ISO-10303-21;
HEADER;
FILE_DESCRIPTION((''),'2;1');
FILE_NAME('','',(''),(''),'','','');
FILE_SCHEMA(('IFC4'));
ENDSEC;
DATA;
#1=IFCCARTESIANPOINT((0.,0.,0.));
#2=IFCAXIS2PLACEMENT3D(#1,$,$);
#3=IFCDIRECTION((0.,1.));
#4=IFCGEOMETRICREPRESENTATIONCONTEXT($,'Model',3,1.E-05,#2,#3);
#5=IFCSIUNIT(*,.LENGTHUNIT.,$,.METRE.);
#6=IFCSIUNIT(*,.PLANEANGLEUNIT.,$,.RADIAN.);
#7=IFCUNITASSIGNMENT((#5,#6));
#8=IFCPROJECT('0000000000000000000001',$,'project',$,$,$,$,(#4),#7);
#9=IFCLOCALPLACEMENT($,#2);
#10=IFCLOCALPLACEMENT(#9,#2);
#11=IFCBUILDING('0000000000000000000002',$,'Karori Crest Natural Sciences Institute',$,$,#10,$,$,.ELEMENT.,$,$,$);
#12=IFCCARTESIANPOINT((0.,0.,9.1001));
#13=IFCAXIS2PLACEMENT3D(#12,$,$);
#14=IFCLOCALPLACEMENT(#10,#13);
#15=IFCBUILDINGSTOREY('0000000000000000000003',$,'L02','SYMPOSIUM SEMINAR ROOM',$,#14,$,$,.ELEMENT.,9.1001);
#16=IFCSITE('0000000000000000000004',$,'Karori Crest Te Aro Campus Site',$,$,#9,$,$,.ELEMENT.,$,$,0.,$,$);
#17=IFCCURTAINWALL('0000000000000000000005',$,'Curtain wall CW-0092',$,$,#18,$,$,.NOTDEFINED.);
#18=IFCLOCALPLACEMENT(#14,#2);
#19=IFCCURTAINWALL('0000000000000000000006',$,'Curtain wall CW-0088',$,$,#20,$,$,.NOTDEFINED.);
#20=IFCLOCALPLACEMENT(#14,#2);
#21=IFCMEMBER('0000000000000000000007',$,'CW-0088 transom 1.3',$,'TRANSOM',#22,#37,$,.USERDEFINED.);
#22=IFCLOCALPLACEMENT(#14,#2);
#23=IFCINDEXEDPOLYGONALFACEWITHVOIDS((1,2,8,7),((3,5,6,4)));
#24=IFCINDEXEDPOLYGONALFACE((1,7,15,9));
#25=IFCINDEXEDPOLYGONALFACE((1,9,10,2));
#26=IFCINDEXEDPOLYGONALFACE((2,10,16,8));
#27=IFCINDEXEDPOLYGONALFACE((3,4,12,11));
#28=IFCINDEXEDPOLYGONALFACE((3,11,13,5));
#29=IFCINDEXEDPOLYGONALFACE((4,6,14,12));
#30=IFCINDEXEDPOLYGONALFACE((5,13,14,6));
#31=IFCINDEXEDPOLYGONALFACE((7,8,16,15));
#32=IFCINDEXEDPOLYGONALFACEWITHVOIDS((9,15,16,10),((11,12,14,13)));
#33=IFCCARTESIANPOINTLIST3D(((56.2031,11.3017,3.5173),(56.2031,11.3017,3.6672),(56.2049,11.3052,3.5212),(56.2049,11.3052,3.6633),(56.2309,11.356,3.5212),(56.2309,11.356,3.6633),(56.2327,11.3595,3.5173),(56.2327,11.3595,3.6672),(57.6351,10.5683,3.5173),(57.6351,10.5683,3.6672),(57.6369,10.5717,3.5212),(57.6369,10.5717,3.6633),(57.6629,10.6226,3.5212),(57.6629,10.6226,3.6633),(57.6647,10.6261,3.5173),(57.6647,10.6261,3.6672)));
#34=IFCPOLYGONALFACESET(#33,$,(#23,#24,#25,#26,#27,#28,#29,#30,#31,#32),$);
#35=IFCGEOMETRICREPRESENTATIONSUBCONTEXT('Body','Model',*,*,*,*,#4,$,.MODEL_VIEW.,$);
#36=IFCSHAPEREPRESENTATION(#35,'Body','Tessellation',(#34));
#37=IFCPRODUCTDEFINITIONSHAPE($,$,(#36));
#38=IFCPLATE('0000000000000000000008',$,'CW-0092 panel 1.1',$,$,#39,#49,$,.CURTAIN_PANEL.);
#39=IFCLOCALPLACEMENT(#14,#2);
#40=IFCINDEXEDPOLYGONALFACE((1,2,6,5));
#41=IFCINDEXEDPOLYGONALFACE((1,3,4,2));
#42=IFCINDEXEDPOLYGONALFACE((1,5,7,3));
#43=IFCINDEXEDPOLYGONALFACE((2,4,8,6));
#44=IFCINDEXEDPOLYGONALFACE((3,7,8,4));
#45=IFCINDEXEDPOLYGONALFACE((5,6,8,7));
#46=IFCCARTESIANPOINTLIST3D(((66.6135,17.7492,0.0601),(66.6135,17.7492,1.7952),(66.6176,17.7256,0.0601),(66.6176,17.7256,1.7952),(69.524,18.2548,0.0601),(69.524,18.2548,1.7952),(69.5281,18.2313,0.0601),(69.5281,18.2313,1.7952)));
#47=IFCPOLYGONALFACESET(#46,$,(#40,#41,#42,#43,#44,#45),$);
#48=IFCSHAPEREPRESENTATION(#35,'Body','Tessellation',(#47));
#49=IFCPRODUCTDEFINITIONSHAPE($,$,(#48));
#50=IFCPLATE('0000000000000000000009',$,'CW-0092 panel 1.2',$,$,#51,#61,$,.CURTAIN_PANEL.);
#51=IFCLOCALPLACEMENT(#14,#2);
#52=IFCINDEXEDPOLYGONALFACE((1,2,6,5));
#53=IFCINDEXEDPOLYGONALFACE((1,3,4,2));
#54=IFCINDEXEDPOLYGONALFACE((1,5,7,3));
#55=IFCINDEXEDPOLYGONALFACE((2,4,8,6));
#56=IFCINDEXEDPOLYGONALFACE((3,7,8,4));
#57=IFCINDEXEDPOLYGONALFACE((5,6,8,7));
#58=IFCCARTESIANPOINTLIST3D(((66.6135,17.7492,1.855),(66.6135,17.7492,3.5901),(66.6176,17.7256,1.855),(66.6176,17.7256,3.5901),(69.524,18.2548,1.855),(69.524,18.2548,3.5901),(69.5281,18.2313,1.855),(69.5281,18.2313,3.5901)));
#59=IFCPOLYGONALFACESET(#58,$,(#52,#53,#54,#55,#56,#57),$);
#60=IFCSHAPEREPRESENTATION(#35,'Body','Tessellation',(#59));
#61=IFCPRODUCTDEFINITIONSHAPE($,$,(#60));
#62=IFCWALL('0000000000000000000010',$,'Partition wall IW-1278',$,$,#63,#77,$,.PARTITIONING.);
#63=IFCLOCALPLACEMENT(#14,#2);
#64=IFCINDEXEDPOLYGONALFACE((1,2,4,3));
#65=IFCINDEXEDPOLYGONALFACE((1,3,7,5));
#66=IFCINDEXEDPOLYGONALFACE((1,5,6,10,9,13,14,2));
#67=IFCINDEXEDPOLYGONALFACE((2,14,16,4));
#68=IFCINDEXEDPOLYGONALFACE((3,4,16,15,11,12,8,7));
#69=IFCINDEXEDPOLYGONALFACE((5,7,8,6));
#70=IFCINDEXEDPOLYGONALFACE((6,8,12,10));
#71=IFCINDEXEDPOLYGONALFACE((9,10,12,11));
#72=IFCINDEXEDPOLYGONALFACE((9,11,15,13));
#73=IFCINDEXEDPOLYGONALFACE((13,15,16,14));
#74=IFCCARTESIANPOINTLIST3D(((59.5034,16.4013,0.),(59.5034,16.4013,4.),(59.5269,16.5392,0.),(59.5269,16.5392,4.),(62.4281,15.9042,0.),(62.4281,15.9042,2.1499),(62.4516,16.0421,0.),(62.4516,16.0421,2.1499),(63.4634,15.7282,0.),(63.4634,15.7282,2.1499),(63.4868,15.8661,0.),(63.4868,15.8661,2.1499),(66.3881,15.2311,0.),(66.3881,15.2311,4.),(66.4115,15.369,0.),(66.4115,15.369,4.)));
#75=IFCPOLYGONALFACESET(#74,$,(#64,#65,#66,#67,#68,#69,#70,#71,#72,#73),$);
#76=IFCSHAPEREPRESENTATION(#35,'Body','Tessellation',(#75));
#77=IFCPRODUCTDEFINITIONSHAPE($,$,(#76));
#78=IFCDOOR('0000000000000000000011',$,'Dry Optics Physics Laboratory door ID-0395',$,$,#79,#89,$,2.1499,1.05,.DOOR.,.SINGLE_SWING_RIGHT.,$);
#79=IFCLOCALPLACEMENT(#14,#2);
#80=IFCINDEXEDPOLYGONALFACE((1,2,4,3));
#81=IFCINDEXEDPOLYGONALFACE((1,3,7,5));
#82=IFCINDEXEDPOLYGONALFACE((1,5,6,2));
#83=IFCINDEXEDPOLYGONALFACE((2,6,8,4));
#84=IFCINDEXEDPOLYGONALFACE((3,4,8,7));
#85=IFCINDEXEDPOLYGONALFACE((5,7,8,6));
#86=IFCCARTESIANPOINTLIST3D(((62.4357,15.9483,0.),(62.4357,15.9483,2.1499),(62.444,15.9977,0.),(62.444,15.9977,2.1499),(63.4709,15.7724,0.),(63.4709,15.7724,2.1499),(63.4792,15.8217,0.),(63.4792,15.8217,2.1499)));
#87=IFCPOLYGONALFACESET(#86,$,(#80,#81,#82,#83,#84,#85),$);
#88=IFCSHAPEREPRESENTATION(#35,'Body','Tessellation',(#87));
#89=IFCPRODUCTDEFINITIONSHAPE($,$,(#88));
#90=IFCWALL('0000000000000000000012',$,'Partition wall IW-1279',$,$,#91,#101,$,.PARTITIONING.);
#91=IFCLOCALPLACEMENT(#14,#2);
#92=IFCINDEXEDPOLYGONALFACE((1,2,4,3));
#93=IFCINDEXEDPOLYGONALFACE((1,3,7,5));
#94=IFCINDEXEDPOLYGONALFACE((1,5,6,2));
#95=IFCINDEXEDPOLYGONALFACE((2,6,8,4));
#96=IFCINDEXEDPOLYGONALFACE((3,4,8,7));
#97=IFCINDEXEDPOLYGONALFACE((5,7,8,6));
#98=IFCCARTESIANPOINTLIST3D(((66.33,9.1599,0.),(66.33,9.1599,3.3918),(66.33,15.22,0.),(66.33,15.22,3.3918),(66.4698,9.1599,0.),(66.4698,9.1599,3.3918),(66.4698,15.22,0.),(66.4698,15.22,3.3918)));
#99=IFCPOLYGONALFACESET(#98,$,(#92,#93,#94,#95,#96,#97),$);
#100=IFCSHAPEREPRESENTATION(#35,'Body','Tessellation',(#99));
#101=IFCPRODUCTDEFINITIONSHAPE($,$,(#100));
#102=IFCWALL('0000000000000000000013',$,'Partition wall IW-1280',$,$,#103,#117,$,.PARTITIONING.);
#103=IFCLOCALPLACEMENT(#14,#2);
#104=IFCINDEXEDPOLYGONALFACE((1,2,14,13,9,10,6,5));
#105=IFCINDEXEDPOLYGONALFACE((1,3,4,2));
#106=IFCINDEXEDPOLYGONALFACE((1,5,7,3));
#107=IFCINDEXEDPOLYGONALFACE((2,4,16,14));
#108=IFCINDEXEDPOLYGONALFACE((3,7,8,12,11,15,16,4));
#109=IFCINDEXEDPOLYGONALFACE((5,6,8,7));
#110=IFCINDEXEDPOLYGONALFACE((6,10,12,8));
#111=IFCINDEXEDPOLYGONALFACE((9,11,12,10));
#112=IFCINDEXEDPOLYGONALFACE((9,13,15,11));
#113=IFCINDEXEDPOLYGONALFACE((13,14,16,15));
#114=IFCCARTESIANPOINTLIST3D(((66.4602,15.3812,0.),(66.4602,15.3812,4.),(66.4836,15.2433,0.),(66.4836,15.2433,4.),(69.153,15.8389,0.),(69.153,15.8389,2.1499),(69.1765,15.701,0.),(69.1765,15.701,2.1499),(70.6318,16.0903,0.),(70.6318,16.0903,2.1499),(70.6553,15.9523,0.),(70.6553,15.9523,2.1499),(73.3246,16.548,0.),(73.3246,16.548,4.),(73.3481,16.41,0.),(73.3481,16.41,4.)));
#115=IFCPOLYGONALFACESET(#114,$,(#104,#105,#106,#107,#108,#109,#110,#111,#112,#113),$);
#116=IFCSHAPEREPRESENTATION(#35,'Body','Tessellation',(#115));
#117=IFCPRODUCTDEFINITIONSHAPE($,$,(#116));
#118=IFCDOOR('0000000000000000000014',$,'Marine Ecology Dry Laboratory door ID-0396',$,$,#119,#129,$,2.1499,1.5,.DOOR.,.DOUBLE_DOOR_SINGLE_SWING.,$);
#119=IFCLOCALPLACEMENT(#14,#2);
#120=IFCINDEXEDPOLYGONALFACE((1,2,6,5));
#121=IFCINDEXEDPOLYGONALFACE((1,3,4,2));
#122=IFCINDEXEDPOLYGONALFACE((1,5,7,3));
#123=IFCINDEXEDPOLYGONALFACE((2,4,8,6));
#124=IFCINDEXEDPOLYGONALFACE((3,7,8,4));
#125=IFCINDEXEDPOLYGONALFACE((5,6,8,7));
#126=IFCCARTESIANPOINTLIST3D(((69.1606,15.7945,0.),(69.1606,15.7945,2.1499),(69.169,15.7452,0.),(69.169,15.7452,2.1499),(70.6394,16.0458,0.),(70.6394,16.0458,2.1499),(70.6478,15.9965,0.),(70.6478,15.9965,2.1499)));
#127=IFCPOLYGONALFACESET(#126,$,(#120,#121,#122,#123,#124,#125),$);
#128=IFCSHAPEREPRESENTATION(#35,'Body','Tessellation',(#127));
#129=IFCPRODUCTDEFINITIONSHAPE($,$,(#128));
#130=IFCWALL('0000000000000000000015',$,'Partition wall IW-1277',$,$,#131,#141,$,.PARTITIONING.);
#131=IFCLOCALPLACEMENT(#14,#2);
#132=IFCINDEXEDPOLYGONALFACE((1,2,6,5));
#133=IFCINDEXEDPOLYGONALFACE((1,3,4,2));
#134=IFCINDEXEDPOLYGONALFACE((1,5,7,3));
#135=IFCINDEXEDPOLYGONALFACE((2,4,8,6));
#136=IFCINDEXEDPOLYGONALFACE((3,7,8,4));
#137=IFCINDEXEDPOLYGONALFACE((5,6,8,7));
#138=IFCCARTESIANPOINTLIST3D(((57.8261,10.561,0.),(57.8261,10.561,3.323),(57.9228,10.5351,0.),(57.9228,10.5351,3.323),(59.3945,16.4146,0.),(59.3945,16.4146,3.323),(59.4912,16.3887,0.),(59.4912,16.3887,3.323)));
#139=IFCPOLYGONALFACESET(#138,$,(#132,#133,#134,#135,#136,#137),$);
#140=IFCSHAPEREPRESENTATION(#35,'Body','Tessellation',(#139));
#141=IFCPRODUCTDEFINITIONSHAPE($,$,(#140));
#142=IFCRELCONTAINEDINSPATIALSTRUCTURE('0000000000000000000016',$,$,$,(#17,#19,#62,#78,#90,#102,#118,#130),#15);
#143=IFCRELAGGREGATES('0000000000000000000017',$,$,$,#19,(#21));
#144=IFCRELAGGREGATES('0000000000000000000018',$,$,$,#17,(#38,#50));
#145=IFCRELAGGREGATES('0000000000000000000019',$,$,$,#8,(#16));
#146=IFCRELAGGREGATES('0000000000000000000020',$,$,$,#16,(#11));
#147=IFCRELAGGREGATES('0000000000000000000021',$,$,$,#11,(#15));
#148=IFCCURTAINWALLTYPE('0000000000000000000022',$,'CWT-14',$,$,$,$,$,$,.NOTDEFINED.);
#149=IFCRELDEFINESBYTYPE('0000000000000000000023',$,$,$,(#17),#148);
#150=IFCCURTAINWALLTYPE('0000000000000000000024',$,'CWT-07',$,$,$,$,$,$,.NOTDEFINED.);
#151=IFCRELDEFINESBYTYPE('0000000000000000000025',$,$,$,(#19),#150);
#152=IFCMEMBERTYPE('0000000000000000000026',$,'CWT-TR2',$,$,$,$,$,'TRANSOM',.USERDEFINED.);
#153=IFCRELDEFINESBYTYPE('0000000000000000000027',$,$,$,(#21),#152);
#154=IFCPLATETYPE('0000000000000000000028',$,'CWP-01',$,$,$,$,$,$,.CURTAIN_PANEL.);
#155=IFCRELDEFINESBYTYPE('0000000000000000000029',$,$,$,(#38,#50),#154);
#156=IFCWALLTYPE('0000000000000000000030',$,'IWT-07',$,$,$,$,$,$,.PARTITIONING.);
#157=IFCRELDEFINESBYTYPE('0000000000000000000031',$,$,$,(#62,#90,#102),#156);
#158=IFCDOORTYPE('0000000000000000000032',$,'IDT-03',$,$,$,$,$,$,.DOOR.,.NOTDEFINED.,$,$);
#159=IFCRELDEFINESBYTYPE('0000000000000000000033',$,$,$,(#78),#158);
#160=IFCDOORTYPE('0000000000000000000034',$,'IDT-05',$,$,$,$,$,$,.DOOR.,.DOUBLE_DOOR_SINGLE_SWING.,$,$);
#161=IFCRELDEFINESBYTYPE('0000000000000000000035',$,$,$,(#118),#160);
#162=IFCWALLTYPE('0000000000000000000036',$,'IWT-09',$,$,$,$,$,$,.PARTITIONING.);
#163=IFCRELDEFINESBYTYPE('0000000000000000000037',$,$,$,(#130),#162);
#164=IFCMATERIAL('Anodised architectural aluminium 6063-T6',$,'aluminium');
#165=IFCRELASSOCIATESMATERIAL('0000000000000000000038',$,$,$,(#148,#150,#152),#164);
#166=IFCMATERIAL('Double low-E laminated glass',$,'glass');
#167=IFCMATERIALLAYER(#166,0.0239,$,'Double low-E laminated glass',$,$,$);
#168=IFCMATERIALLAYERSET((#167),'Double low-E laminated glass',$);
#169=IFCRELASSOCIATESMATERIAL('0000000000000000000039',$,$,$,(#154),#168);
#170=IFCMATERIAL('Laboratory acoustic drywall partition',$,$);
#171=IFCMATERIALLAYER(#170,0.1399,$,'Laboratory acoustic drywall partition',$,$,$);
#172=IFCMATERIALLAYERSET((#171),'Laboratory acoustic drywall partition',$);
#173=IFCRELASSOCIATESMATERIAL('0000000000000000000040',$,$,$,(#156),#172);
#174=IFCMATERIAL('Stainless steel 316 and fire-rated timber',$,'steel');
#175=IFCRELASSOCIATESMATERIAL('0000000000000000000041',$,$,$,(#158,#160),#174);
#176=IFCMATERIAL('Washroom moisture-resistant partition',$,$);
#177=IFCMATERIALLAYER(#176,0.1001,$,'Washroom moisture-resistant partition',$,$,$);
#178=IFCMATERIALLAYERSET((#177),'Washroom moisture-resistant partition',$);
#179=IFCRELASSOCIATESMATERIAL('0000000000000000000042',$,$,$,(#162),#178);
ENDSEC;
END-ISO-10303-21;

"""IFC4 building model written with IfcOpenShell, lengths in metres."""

from ifc_helpers import new_model, si_unit, direction, frame, frame_2d, origin, origin_2d, place, context, subcontext, project, spatial, rectangle, hollow_rectangle, extrude, material, layer, layer_set, material_profile, profile_set, type_object, element, fill, aggregate, save


model = new_model("IFC4")

# Units and contexts
model_context = context("Model", 3, precision=1e-05, world=origin(), true_north=direction((0.0, 1.0)))
body_context = subcontext(model_context, "Body", "Model", "MODEL_VIEW")
ifc_project = project(units=[si_unit("LENGTHUNIT", "METRE"), si_unit("PLANEANGLEUNIT", "RADIAN")], contexts=[model_context])

# Site, building, storey
site_placement = place(None, origin())
site = spatial("IfcSite", under=ifc_project, at=site_placement, Name="Karori Crest Te Aro Campus Site", CompositionType="ELEMENT", RefElevation=0.0)
building_placement = place(site_placement, origin())
building = spatial("IfcBuilding", under=site, at=building_placement, Name="Karori Crest Natural Sciences Institute", CompositionType="ELEMENT")
storey_placement = place(building_placement, frame((0.0, 0.0, 9.1001)))
storey = spatial("IfcBuildingStorey", under=building, at=storey_placement, Name="L02", Description="SYMPOSIUM SEMINAR ROOM", CompositionType="ELEMENT", Elevation=9.1001)

# Curtain wall
ifc_material_1 = material(Name="Anodised architectural aluminium 6063-T6", Category="aluminium")
curtain_wall_type_1 = type_object("IfcCurtainWallType", Name="CWT-14", PredefinedType="NOTDEFINED", material=ifc_material_1)
curtain_wall_1_placement = place(storey_placement, origin())
curtain_wall_1 = element("IfcCurtainWall", 1, at=curtain_wall_1_placement, inside=storey, type_object=curtain_wall_type_1, Name="Curtain wall CW-0092", PredefinedType="NOTDEFINED")

# Curtain wall, member
curtain_wall_type_2 = type_object("IfcCurtainWallType", Name="CWT-07", PredefinedType="NOTDEFINED", material=ifc_material_1)
curtain_wall_2_placement = place(storey_placement, origin())
curtain_wall_2 = element("IfcCurtainWall", 2, at=curtain_wall_2_placement, inside=storey, type_object=curtain_wall_type_2, Name="Curtain wall CW-0088", PredefinedType="NOTDEFINED")
ifc_material_profile_1 = material_profile(ifc_material_1, hollow_rectangle(XDim=0.0649, YDim=0.1499, WallThickness=0.0039, at=origin_2d()), Name="CWT150x65x4")
ifc_profile_set_1 = profile_set([ifc_material_profile_1], Name="Anodised architectural aluminium 6063-T6")
member_type_1 = type_object("IfcMemberType", Name="CWT-TR2", ElementType="TRANSOM", PredefinedType="USERDEFINED", material=ifc_profile_set_1)
member_1_placement = place(storey_placement, frame((57.6499, 10.5972, 3.5923), z_axis=(-0.890045, 0.455873, 0.0), x_axis=(-0.455873, -0.890045, 0.0)))
member_1 = element("IfcMember", 3, at=member_1_placement, type_object=member_type_1, Name="CW-0088 transom 1.3", ObjectType="TRANSOM", PredefinedType="USERDEFINED", context=body_context, shape_type="SweptSolid", body=[
    extrude(hollow_rectangle(XDim=0.0649, YDim=0.1499, WallThickness=0.0039, at=origin_2d()), origin(), (0.0, 0.0, 1.0), 1.6089),
])
aggregate(curtain_wall_2, [member_1])

# Plates
ifc_material_2 = material(Name="Double low-E laminated glass", Category="glass")
ifc_layer_1 = layer(ifc_material_2, 0.0239, Name="Double low-E laminated glass")
ifc_layer_set_1 = layer_set([ifc_layer_1], Name="Double low-E laminated glass")
plate_type = type_object("IfcPlateType", Name="CWP-01", PredefinedType="CURTAIN_PANEL", material=ifc_layer_set_1)
plate_1_placement = place(storey_placement, frame((68.0708, 17.9902, 0.0601), z_axis=(0.0, 0.0, 1.0), x_axis=(0.985241, 0.17117, 0.0)))
plate_1 = element("IfcPlate", 4, at=plate_1_placement, type_object=plate_type, Name="CW-0092 panel 1.1", PredefinedType="CURTAIN_PANEL", context=body_context, shape_type="SweptSolid", body=[
    extrude(rectangle(XDim=2.9541, YDim=0.0239, at=origin_2d()), origin(), (0.0, 0.0, 1.0), 1.7351),
])
plate_2_placement = place(storey_placement, frame((68.0708, 17.9902, 1.855), z_axis=(0.0, 0.0, 1.0), x_axis=(0.985241, 0.17117, 0.0)))
plate_2 = element("IfcPlate", 5, at=plate_2_placement, type_object=plate_type, Name="CW-0092 panel 1.2", PredefinedType="CURTAIN_PANEL", context=body_context, shape_type="SweptSolid", body=[
    extrude(rectangle(XDim=2.9541, YDim=0.0239, at=origin_2d()), origin(), (0.0, 0.0, 1.0), 1.7351),
])
aggregate(curtain_wall_1, [plate_1, plate_2])

# Wall, opening, door
ifc_material_3 = material(Name="Laboratory acoustic drywall partition")
ifc_layer_2 = layer(ifc_material_3, 0.1399, Name="Laboratory acoustic drywall partition")
ifc_layer_set_2 = layer_set([ifc_layer_2], Name="Laboratory acoustic drywall partition")
wall_type_1 = type_object("IfcWallType", Name="IWT-07", PredefinedType="PARTITIONING", material=ifc_layer_set_2)
wall_1_placement = place(storey_placement, frame((59.5151, 16.4702, 0.0), z_axis=(0.0, 0.0, 1.0), x_axis=(0.985862, -0.167562, 0.0)))
wall_1 = element("IfcWall", 6, at=wall_1_placement, inside=storey, type_object=wall_type_1, Name="Partition wall IW-1278", PredefinedType="PARTITIONING", context=body_context, shape_type="SweptSolid", body=[
    extrude(rectangle(XDim=6.9834, YDim=0.1399, at=frame_2d((3.4917, 0.0))), origin(), (0.0, 0.0, 1.0), 4.0),
])
opening_1_placement = place(wall_1_placement, frame((2.9668, 0.0, 0.0)))
opening_1 = element("IfcOpeningElement", 7, at=opening_1_placement, cuts=wall_1, PredefinedType="OPENING", context=body_context, shape_type="SweptSolid", body=[
    extrude(rectangle(XDim=1.05, YDim=2.1499, at=frame_2d((0.5249, 1.075))), frame((0.0, 0.0801, 0.0), z_axis=(0.0, -1.0, 0.0), x_axis=(1.0, 0.0, 0.0)), (0.0, 0.0, 1.0), 0.1599),
])
ifc_material_4 = material(Name="Stainless steel 316 and fire-rated timber", Category="steel")
door_type_1 = type_object("IfcDoorType", Name="IDT-03", OperationType="NOTDEFINED", PredefinedType="DOOR", material=ifc_material_4)
door_1_placement = place(opening_1_placement, origin())
door_1 = element("IfcDoor", 8, at=door_1_placement, inside=storey, type_object=door_type_1, Name="Dry Optics Physics Laboratory door ID-0395", OperationType="SINGLE_SWING_RIGHT", OverallHeight=2.1499, OverallWidth=1.05, PredefinedType="DOOR", context=body_context, shape_type="SweptSolid", body=[
    extrude(rectangle(XDim=1.05, YDim=2.1499, at=frame_2d((0.5249, 1.075))), frame((0.0, 0.0249, 0.0), z_axis=(0.0, -1.0, 0.0), x_axis=(1.0, 0.0, 0.0)), (0.0, 0.0, 1.0), 0.05),
])
fill(opening_1, door_1)

# Wall
wall_2_placement = place(storey_placement, frame((66.3999, 15.22, 0.0), z_axis=(0.0, 0.0, 1.0), x_axis=(0.0, -1.0, 0.0)))
element("IfcWall", 9, at=wall_2_placement, inside=storey, type_object=wall_type_1, Name="Partition wall IW-1279", PredefinedType="PARTITIONING", context=body_context, shape_type="SweptSolid", body=[
    extrude(rectangle(XDim=6.0601, YDim=0.1399, at=frame_2d((3.03, 0.0))), origin(), (0.0, 0.0, 1.0), 3.3918),
])

# Wall, opening, door
wall_3_placement = place(storey_placement, frame((66.4719, 15.3123, 0.0), z_axis=(0.0, 0.0, 1.0), x_axis=(0.985861, 0.167565, 0.0)))
wall_3 = element("IfcWall", 10, at=wall_3_placement, inside=storey, type_object=wall_type_1, Name="Partition wall IW-1280", PredefinedType="PARTITIONING", context=body_context, shape_type="SweptSolid", body=[
    extrude(rectangle(XDim=6.9629, YDim=0.1399, at=frame_2d((3.4814, 0.0))), origin(), (0.0, 0.0, 1.0), 4.0),
])
opening_2_placement = place(wall_3_placement, frame((2.7314, 0.0, 0.0)))
opening_2 = element("IfcOpeningElement", 11, at=opening_2_placement, cuts=wall_3, PredefinedType="OPENING", context=body_context, shape_type="SweptSolid", body=[
    extrude(rectangle(XDim=1.5, YDim=2.1499, at=frame_2d((0.75, 1.075))), frame((0.0, 0.0801, 0.0), z_axis=(0.0, -1.0, 0.0), x_axis=(1.0, 0.0, 0.0)), (0.0, 0.0, 1.0), 0.1599),
])
door_type_2 = type_object("IfcDoorType", Name="IDT-05", OperationType="DOUBLE_DOOR_SINGLE_SWING", PredefinedType="DOOR", material=ifc_material_4)
door_2_placement = place(opening_2_placement, origin())
door_2 = element("IfcDoor", 12, at=door_2_placement, inside=storey, type_object=door_type_2, Name="Marine Ecology Dry Laboratory door ID-0396", OperationType="DOUBLE_DOOR_SINGLE_SWING", OverallHeight=2.1499, OverallWidth=1.5, PredefinedType="DOOR", context=body_context, shape_type="SweptSolid", body=[
    extrude(rectangle(XDim=1.5, YDim=2.1499, at=frame_2d((0.75, 1.075))), frame((0.0, 0.0249, 0.0), z_axis=(0.0, -1.0, 0.0), x_axis=(1.0, 0.0, 0.0)), (0.0, 0.0, 1.0), 0.05),
])
fill(opening_2, door_2)

# Wall
ifc_material_5 = material(Name="Washroom moisture-resistant partition")
ifc_layer_3 = layer(ifc_material_5, 0.1001, Name="Washroom moisture-resistant partition")
ifc_layer_set_3 = layer_set([ifc_layer_3], Name="Washroom moisture-resistant partition")
wall_type_2 = type_object("IfcWallType", Name="IWT-09", PredefinedType="PARTITIONING", material=ifc_layer_set_3)
wall_4_placement = place(storey_placement, frame((59.4429, 16.4016, 0.0), z_axis=(0.0, 0.0, 1.0), x_axis=(-0.258806, -0.965929, 0.0)))
element("IfcWall", 13, at=wall_4_placement, inside=storey, type_object=wall_type_2, Name="Partition wall IW-1277", PredefinedType="PARTITIONING", context=body_context, shape_type="SweptSolid", body=[
    extrude(rectangle(XDim=6.0601, YDim=0.1001, at=frame_2d((3.03, 0.0))), origin(), (0.0, 0.0, 1.0), 3.323),
])

save(model, "model.ifc")
